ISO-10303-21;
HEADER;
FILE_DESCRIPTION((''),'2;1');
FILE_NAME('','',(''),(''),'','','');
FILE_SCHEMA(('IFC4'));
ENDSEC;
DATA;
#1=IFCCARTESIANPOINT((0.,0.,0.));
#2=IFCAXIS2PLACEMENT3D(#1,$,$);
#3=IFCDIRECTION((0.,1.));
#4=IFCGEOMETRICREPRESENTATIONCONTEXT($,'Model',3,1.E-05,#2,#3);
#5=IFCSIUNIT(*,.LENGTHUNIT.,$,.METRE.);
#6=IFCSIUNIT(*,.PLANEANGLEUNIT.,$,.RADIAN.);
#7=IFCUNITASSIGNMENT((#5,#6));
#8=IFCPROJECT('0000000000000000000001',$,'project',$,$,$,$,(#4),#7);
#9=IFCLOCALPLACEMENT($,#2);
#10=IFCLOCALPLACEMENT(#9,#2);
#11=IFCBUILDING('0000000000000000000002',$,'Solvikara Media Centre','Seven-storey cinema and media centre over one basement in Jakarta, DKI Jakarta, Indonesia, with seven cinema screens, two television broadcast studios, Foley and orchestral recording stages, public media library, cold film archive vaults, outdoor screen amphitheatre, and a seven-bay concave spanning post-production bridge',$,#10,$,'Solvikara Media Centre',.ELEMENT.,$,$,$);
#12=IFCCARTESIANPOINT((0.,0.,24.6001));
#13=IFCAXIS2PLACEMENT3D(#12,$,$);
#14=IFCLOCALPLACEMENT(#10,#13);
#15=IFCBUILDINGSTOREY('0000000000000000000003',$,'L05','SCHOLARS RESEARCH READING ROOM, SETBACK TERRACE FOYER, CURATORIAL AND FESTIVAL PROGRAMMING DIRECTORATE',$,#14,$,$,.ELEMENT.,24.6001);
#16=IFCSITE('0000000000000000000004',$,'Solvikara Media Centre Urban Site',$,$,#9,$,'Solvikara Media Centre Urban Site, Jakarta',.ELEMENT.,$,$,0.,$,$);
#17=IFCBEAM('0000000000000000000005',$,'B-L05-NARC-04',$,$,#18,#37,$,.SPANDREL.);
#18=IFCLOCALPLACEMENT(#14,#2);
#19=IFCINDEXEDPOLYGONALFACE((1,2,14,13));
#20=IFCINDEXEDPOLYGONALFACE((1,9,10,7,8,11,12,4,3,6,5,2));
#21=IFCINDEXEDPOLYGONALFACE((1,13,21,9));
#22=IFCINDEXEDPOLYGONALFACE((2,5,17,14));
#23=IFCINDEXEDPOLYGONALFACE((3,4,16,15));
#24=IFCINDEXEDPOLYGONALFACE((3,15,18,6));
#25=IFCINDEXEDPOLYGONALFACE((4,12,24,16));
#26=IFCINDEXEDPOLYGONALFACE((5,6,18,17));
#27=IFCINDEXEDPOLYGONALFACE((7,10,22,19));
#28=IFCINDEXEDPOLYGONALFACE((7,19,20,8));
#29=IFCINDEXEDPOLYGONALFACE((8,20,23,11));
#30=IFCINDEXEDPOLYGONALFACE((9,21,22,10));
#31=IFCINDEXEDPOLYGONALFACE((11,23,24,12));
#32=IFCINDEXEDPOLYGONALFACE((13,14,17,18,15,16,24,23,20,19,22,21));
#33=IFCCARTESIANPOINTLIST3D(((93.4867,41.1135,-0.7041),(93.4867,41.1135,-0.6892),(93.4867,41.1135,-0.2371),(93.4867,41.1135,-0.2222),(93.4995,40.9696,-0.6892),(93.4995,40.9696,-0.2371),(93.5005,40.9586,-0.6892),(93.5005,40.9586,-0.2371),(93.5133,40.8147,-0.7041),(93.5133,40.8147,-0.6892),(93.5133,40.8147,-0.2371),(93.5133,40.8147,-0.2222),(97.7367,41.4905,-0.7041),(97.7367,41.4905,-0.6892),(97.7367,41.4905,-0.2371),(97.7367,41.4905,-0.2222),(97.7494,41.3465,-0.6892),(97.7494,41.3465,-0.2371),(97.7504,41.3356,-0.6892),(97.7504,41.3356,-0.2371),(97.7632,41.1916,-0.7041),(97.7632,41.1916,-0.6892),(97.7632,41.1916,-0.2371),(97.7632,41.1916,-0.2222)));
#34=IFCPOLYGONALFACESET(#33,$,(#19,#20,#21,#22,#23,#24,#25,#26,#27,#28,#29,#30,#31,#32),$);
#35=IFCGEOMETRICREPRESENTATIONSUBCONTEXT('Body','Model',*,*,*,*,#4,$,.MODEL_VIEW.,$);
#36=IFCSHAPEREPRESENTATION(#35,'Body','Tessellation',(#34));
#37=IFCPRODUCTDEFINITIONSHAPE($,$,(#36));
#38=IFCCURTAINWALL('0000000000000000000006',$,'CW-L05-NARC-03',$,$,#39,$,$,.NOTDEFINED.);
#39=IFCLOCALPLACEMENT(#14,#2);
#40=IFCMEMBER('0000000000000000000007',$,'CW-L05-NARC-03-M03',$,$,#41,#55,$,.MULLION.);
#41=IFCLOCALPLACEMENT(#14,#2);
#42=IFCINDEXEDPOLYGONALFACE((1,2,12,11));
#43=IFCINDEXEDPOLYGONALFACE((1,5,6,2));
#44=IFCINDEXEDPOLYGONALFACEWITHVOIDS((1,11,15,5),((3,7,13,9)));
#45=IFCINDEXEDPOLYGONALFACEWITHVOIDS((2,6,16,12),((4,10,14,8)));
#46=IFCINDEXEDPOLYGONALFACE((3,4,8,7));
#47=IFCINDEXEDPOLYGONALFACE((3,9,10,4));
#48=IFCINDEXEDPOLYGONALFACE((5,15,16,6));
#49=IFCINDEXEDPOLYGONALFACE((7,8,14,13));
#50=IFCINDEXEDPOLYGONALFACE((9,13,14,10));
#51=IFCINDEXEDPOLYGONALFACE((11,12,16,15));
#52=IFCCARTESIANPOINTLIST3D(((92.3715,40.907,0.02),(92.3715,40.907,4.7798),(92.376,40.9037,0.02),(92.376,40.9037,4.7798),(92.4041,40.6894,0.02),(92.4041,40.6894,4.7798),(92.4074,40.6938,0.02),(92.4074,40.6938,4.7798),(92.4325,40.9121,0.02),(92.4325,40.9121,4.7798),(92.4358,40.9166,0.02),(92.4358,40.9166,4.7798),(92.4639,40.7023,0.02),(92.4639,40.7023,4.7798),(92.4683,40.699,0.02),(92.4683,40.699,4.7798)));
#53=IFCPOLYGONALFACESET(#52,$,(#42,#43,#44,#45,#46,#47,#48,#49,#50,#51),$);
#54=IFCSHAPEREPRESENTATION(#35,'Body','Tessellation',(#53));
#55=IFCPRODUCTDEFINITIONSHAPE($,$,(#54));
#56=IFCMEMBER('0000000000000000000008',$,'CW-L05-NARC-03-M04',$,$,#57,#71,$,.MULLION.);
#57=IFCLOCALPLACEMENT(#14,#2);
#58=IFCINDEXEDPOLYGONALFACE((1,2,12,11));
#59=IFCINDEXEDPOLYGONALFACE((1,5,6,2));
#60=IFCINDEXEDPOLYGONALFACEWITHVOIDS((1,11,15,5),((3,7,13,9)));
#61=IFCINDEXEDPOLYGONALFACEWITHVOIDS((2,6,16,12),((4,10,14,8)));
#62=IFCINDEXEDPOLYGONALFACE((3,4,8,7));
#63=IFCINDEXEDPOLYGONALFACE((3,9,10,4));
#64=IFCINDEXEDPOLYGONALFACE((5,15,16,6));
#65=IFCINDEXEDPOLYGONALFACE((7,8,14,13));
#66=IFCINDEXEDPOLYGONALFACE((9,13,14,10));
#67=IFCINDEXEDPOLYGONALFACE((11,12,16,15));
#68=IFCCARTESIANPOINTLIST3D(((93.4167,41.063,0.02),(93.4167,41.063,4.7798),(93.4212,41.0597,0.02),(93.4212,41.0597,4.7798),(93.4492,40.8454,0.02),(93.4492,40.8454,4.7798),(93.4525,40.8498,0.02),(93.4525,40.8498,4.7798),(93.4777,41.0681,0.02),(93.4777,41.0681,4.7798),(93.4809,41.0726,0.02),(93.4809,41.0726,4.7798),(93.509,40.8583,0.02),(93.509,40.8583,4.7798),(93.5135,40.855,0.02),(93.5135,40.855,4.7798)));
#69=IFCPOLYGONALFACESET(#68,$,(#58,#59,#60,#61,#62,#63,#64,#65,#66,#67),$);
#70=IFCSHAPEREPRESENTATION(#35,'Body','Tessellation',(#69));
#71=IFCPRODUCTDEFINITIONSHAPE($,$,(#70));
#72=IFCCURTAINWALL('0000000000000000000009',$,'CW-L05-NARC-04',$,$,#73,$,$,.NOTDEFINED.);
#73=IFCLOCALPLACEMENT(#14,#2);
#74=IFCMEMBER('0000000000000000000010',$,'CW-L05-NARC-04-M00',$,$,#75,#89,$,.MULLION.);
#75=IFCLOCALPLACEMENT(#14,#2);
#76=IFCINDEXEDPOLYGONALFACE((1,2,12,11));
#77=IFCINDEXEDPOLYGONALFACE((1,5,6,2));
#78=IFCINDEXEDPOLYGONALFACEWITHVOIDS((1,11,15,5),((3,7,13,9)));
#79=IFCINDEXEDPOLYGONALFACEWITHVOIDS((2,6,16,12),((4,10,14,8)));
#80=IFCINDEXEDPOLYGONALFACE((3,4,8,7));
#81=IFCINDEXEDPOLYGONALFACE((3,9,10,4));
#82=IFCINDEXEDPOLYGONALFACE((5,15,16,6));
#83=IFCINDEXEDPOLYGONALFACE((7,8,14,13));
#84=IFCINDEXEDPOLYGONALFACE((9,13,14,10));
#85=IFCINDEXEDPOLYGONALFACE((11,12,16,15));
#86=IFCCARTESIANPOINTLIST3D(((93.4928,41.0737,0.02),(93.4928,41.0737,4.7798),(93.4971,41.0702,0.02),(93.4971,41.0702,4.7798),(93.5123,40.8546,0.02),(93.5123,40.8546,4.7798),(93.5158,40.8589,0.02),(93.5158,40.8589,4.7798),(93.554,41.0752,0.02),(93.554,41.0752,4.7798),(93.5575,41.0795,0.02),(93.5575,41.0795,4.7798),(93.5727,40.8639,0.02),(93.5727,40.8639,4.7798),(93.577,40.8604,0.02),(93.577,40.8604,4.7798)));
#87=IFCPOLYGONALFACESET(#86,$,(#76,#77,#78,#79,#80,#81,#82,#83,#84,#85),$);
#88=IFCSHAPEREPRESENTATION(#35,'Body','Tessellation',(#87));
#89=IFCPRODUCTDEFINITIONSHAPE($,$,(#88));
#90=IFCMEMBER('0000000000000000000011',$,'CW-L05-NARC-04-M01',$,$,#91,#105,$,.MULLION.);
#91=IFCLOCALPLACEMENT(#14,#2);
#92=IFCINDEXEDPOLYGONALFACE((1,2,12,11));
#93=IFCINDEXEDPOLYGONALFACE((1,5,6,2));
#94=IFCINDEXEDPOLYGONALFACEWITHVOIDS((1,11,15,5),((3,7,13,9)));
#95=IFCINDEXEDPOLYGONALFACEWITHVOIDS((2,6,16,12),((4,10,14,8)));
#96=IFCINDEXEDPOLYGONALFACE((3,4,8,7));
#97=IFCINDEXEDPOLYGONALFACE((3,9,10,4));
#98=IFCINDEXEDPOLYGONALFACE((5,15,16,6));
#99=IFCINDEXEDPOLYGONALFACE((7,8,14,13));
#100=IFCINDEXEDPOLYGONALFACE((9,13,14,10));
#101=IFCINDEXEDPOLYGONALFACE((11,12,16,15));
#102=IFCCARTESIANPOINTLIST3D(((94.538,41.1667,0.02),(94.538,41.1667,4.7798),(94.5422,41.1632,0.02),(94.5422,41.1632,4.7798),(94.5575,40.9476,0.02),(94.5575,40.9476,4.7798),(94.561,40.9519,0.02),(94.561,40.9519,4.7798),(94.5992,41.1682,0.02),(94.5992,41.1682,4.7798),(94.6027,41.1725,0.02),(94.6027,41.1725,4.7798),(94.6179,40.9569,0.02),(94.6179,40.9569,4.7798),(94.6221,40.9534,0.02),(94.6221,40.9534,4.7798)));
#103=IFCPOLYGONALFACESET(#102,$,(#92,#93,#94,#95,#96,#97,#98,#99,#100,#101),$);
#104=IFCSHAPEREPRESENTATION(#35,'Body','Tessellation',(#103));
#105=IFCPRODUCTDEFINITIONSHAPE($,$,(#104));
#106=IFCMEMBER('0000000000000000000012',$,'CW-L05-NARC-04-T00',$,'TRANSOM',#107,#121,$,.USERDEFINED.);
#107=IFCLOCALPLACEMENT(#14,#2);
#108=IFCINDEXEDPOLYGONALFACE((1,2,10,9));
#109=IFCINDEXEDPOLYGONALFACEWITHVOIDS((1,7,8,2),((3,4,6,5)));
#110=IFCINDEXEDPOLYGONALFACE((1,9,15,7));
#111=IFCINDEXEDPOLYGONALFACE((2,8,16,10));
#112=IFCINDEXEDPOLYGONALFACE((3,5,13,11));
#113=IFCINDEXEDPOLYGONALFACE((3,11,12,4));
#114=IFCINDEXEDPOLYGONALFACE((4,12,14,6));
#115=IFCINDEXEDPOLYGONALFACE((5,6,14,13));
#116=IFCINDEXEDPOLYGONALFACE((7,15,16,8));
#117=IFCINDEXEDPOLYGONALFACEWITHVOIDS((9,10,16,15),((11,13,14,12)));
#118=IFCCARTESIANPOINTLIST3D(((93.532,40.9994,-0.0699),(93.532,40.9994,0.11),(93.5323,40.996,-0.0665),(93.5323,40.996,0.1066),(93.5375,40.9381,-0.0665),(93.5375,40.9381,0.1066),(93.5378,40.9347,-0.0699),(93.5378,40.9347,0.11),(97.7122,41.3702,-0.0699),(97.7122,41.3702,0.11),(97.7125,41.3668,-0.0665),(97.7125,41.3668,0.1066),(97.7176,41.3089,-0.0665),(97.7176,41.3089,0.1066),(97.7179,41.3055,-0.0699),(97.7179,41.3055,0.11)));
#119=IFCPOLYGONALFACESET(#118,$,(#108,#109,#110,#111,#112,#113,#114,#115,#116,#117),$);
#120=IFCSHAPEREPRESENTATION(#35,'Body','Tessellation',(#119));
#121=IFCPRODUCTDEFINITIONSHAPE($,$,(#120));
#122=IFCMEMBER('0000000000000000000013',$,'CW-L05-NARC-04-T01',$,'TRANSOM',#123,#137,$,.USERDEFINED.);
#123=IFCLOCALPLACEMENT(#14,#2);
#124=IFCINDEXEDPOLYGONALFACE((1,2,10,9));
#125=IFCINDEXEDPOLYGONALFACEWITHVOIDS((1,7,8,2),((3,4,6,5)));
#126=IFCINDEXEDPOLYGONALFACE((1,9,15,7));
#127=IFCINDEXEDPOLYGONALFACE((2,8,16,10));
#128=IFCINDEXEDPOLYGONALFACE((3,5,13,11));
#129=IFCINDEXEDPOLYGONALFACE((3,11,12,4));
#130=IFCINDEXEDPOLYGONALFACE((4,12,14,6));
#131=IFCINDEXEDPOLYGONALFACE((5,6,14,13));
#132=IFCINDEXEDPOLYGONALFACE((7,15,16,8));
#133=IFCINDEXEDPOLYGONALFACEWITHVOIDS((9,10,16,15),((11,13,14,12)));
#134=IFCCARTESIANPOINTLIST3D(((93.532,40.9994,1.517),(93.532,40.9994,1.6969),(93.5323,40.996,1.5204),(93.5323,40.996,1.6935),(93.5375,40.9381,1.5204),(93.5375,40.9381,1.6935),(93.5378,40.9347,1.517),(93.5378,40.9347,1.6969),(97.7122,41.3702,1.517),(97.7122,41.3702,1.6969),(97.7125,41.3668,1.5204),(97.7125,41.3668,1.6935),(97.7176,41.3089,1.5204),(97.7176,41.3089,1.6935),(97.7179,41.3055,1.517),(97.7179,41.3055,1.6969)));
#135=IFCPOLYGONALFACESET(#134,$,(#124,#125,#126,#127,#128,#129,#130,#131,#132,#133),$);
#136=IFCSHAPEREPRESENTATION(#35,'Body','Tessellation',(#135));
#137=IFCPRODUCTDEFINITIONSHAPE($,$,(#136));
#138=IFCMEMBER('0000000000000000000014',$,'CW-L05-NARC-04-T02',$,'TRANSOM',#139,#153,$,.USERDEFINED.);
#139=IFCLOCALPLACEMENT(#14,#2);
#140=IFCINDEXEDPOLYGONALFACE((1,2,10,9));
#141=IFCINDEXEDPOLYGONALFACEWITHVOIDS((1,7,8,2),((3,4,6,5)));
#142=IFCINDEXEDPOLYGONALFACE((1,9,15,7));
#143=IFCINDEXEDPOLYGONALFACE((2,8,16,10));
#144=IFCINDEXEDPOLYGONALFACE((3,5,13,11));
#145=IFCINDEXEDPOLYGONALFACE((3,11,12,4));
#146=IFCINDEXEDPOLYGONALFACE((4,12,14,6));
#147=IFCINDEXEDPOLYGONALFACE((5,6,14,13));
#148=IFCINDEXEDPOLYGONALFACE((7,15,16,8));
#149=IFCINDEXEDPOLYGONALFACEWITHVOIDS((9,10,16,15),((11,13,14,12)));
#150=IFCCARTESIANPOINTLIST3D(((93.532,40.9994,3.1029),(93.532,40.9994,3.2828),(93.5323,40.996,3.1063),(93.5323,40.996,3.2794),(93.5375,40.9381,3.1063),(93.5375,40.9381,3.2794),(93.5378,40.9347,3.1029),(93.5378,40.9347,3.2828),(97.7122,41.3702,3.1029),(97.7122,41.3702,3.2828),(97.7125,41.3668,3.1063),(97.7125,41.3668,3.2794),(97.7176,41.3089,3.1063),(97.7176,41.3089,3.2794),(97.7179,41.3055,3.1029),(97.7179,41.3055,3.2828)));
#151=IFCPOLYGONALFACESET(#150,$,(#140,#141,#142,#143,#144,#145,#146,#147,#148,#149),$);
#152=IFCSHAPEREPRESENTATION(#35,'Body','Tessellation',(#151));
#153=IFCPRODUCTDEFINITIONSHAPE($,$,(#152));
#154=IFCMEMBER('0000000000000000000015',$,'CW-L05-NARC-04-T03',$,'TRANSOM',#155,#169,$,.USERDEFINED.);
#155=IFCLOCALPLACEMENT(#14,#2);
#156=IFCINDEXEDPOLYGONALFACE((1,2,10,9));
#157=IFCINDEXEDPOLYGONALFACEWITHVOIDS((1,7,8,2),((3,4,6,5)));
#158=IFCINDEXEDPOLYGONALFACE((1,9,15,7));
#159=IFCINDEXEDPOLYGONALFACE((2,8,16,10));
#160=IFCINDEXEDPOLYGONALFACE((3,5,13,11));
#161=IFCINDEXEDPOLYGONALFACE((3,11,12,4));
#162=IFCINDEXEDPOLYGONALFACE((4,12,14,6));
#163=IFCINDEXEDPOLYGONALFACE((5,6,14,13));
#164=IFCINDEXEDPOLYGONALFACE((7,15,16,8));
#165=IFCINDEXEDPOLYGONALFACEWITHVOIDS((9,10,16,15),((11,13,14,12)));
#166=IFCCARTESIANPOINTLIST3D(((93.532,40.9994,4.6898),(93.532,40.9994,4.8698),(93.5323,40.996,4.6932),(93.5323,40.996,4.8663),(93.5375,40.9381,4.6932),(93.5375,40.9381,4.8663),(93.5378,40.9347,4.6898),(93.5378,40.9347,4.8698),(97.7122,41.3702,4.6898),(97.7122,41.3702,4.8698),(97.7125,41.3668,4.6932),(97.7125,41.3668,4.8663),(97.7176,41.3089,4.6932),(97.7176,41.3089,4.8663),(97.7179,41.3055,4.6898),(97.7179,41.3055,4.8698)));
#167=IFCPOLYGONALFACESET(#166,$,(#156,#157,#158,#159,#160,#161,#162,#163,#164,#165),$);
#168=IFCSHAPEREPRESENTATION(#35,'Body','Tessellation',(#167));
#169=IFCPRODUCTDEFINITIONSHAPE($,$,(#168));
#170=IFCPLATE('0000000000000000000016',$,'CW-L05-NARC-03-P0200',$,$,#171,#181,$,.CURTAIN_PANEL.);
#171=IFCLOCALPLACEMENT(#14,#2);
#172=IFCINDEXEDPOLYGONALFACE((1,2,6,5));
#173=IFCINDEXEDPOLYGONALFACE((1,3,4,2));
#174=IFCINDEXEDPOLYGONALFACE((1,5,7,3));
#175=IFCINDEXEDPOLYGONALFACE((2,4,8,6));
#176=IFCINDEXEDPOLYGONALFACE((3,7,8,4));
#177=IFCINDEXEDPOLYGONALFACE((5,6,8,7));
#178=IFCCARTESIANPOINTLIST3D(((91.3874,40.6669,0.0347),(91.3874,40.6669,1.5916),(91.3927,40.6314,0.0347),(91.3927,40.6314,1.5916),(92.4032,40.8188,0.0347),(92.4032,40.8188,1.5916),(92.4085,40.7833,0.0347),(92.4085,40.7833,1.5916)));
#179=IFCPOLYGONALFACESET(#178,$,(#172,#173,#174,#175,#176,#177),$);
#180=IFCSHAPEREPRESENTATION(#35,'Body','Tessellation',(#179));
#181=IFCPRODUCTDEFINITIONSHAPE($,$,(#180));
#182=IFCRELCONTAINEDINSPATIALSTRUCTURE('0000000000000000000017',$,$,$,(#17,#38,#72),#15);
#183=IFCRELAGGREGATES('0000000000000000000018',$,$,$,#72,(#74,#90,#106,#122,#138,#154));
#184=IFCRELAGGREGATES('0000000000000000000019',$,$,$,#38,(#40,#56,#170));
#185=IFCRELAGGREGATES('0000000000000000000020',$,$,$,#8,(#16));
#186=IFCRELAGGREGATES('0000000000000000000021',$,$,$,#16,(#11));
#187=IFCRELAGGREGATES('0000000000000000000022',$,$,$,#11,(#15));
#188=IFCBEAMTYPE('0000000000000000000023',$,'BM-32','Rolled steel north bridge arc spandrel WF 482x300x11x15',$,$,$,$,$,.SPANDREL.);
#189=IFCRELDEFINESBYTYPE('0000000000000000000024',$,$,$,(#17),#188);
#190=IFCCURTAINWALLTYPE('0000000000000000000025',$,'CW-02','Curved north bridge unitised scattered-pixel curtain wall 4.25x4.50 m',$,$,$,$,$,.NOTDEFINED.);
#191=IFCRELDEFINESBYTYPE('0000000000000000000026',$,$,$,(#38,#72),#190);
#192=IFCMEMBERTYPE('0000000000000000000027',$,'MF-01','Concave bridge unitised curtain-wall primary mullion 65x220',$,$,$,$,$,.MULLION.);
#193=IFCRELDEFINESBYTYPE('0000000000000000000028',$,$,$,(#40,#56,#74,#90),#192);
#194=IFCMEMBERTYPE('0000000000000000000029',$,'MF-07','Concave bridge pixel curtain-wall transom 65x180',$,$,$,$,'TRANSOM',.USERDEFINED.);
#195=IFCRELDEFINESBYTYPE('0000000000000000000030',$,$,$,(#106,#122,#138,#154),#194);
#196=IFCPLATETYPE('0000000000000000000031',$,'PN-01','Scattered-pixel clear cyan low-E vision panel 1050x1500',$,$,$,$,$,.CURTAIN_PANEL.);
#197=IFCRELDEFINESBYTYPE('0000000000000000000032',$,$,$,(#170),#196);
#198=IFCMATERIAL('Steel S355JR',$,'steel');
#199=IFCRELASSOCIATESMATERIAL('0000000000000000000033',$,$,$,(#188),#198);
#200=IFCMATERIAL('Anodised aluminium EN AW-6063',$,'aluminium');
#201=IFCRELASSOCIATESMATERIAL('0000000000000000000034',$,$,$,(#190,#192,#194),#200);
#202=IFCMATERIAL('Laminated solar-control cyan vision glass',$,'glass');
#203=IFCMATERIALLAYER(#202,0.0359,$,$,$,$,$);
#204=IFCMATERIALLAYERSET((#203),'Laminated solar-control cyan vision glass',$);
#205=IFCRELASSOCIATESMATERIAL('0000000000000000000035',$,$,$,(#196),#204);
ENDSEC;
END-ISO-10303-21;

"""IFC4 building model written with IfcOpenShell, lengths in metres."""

from ifc_helpers import new_model, si_unit, direction, frame, origin, origin_2d, place, context, subcontext, project, spatial, rectangle, hollow_rectangle, i_section, extrude, material, layer, layer_set, material_profile, profile_set, type_object, element, aggregate, save


model = new_model("IFC4")

# Units and contexts
model_context = context("Model", 3, precision=1e-05, world=origin(), true_north=direction((0.0, 1.0)))
body_context = subcontext(model_context, "Body", "Model", "MODEL_VIEW")
ifc_project = project(units=[si_unit("LENGTHUNIT", "METRE"), si_unit("PLANEANGLEUNIT", "RADIAN")], contexts=[model_context])

# Site, building, storey
site_placement = place(None, origin())
site = spatial("IfcSite", under=ifc_project, at=site_placement, Name="Solvikara Media Centre Urban Site", LongName="Solvikara Media Centre Urban Site, Jakarta", CompositionType="ELEMENT", RefElevation=0.0)
building_placement = place(site_placement, origin())
building = spatial("IfcBuilding", under=site, at=building_placement, Name="Solvikara Media Centre", Description="Seven-storey cinema and media centre over one basement in Jakarta, DKI Jakarta, Indonesia, with seven cinema screens, two television broadcast studios, Foley and orchestral recording stages, public media library, cold film archive vaults, outdoor screen amphitheatre, and a seven-bay concave spanning post-production bridge", LongName="Solvikara Media Centre", CompositionType="ELEMENT")
storey_placement = place(building_placement, frame((0.0, 0.0, 24.6001)))
storey = spatial("IfcBuildingStorey", under=building, at=storey_placement, Name="L05", Description="SCHOLARS RESEARCH READING ROOM, SETBACK TERRACE FOYER, CURATORIAL AND FESTIVAL PROGRAMMING DIRECTORATE", CompositionType="ELEMENT", Elevation=24.6001)

# Beam
ifc_material_1 = material(Name="Steel S355JR", Category="steel")
ifc_material_profile_1 = material_profile(ifc_material_1, i_section(OverallWidth=0.3, OverallDepth=0.4819, WebThickness=0.011, FlangeThickness=0.0149, at=origin_2d()), Name="WF 482x300x11x15")
ifc_profile_set_1 = profile_set([ifc_material_profile_1], Name="Steel S355JR")
beam_type = type_object("IfcBeamType", Name="BM-32", Description="Rolled steel north bridge arc spandrel WF 482x300x11x15", PredefinedType="SPANDREL", material=ifc_profile_set_1)
beam_placement = place(storey_placement, frame((93.5, 40.9641, -0.4631), z_axis=(0.99609, 0.088348, 0.0), x_axis=(-0.088348, 0.99609, 0.0)))
element("IfcBeam", 1, at=beam_placement, inside=storey, type_object=beam_type, Name="B-L05-NARC-04", PredefinedType="SPANDREL", context=body_context, shape_type="SweptSolid", body=[
    extrude(i_section(OverallWidth=0.3, OverallDepth=0.4819, WebThickness=0.011, FlangeThickness=0.0149, at=origin_2d()), origin(), (0.0, 0.0, 1.0), 4.2666),
])

# Curtain walls, members
ifc_material_2 = material(Name="Anodised aluminium EN AW-6063", Category="aluminium")
curtain_wall_type = type_object("IfcCurtainWallType", Name="CW-02", Description="Curved north bridge unitised scattered-pixel curtain wall 4.25x4.50 m", PredefinedType="NOTDEFINED", material=ifc_material_2)
curtain_wall_1_placement = place(storey_placement, origin())
curtain_wall_1 = element("IfcCurtainWall", 2, at=curtain_wall_1_placement, inside=storey, type_object=curtain_wall_type, Name="CW-L05-NARC-03", PredefinedType="NOTDEFINED")
ifc_material_profile_2 = material_profile(ifc_material_2, hollow_rectangle(XDim=0.0649, YDim=0.22, WallThickness=0.0039, at=origin_2d()), Name="ALU-M 65x220x4")
ifc_profile_set_2 = profile_set([ifc_material_profile_2], Name="Anodised aluminium EN AW-6063")
member_type_1 = type_object("IfcMemberType", Name="MF-01", Description="Concave bridge unitised curtain-wall primary mullion 65x220", PredefinedType="MULLION", material=ifc_profile_set_2)
member_1_placement = place(storey_placement, frame((92.4199, 40.803, 0.02), z_axis=(0.0, 0.0, 1.0), x_axis=(0.989006, 0.147878, 0.0)))
member_1 = element("IfcMember", 3, at=member_1_placement, type_object=member_type_1, Name="CW-L05-NARC-03-M03", PredefinedType="MULLION", context=body_context, shape_type="SweptSolid", body=[
    extrude(hollow_rectangle(XDim=0.0649, YDim=0.22, WallThickness=0.0039, at=origin_2d()), origin(), (0.0, 0.0, 1.0), 4.7598),
])
member_2_placement = place(storey_placement, frame((93.4651, 40.959, 0.02), z_axis=(0.0, 0.0, 1.0), x_axis=(0.989006, 0.147878, 0.0)))
member_2 = element("IfcMember", 4, at=member_2_placement, type_object=member_type_1, Name="CW-L05-NARC-03-M04", PredefinedType="MULLION", context=body_context, shape_type="SweptSolid", body=[
    extrude(hollow_rectangle(XDim=0.0649, YDim=0.22, WallThickness=0.0039, at=origin_2d()), origin(), (0.0, 0.0, 1.0), 4.7598),
])
curtain_wall_2_placement = place(storey_placement, origin())
curtain_wall_2 = element("IfcCurtainWall", 5, at=curtain_wall_2_placement, inside=storey, type_object=curtain_wall_type, Name="CW-L05-NARC-04", PredefinedType="NOTDEFINED")
member_3_placement = place(storey_placement, frame((93.5349, 40.967, 0.02), z_axis=(0.0, 0.0, 1.0), x_axis=(0.996084, 0.088408, 0.0)))
member_3 = element("IfcMember", 6, at=member_3_placement, type_object=member_type_1, Name="CW-L05-NARC-04-M00", PredefinedType="MULLION", context=body_context, shape_type="SweptSolid", body=[
    extrude(hollow_rectangle(XDim=0.0649, YDim=0.22, WallThickness=0.0039, at=origin_2d()), origin(), (0.0, 0.0, 1.0), 4.7598),
])
member_4_placement = place(storey_placement, frame((94.5801, 41.0601, 0.02), z_axis=(0.0, 0.0, 1.0), x_axis=(0.996084, 0.088408, 0.0)))
member_4 = element("IfcMember", 7, at=member_4_placement, type_object=member_type_1, Name="CW-L05-NARC-04-M01", PredefinedType="MULLION", context=body_context, shape_type="SweptSolid", body=[
    extrude(hollow_rectangle(XDim=0.0649, YDim=0.22, WallThickness=0.0039, at=origin_2d()), origin(), (0.0, 0.0, 1.0), 4.7598),
])
ifc_material_profile_3 = material_profile(ifc_material_2, hollow_rectangle(XDim=0.0649, YDim=0.1799, WallThickness=0.0034, at=origin_2d()), Name="ALU-T 65x180x3.5")
ifc_profile_set_3 = profile_set([ifc_material_profile_3], Name="Anodised aluminium EN AW-6063")
member_type_2 = type_object("IfcMemberType", Name="MF-07", Description="Concave bridge pixel curtain-wall transom 65x180", ElementType="TRANSOM", PredefinedType="USERDEFINED", material=ifc_profile_set_3)
member_5_placement = place(storey_placement, frame((93.5349, 40.967, 0.02), z_axis=(0.996088, 0.088369, 0.0), x_axis=(-0.088369, 0.996088, 0.0)))
member_5 = element("IfcMember", 8, at=member_5_placement, type_object=member_type_2, Name="CW-L05-NARC-04-T00", ObjectType="TRANSOM", PredefinedType="USERDEFINED", context=body_context, shape_type="SweptSolid", body=[
    extrude(hollow_rectangle(XDim=0.0649, YDim=0.1799, WallThickness=0.0034, at=origin_2d()), origin(), (0.0, 0.0, 1.0), 4.1965),
])
member_6_placement = place(storey_placement, frame((93.5349, 40.967, 1.6069), z_axis=(0.996088, 0.088369, 0.0), x_axis=(-0.088369, 0.996088, 0.0)))
member_6 = element("IfcMember", 9, at=member_6_placement, type_object=member_type_2, Name="CW-L05-NARC-04-T01", ObjectType="TRANSOM", PredefinedType="USERDEFINED", context=body_context, shape_type="SweptSolid", body=[
    extrude(hollow_rectangle(XDim=0.0649, YDim=0.1799, WallThickness=0.0034, at=origin_2d()), origin(), (0.0, 0.0, 1.0), 4.1965),
])
member_7_placement = place(storey_placement, frame((93.5349, 40.967, 3.1929), z_axis=(0.996088, 0.088369, 0.0), x_axis=(-0.088369, 0.996088, 0.0)))
member_7 = element("IfcMember", 10, at=member_7_placement, type_object=member_type_2, Name="CW-L05-NARC-04-T02", ObjectType="TRANSOM", PredefinedType="USERDEFINED", context=body_context, shape_type="SweptSolid", body=[
    extrude(hollow_rectangle(XDim=0.0649, YDim=0.1799, WallThickness=0.0034, at=origin_2d()), origin(), (0.0, 0.0, 1.0), 4.1965),
])
member_8_placement = place(storey_placement, frame((93.5349, 40.967, 4.7798), z_axis=(0.996088, 0.088369, 0.0), x_axis=(-0.088369, 0.996088, 0.0)))
member_8 = element("IfcMember", 11, at=member_8_placement, type_object=member_type_2, Name="CW-L05-NARC-04-T03", ObjectType="TRANSOM", PredefinedType="USERDEFINED", context=body_context, shape_type="SweptSolid", body=[
    extrude(hollow_rectangle(XDim=0.0649, YDim=0.1799, WallThickness=0.0034, at=origin_2d()), origin(), (0.0, 0.0, 1.0), 4.1965),
])

# Plate
ifc_material_3 = material(Name="Laminated solar-control cyan vision glass", Category="glass")
ifc_layer_1 = layer(ifc_material_3, 0.0359)
ifc_layer_set_1 = layer_set([ifc_layer_1], Name="Laminated solar-control cyan vision glass")
plate_type_1 = type_object("IfcPlateType", Name="PN-01", Description="Scattered-pixel clear cyan low-E vision panel 1050x1500", PredefinedType="CURTAIN_PANEL", material=ifc_layer_set_1)
plate_1_placement = place(storey_placement, frame((91.8979, 40.7251, 0.0347), z_axis=(0.0, 0.0, 1.0), x_axis=(0.989006, 0.147878, 0.0)))
plate_1 = element("IfcPlate", 12, at=plate_1_placement, type_object=plate_type_1, Name="CW-L05-NARC-03-P0200", PredefinedType="CURTAIN_PANEL", context=body_context, shape_type="SweptSolid", body=[
    extrude(rectangle(XDim=1.0271, YDim=0.0359, at=origin_2d()), origin(), (0.0, 0.0, 1.0), 1.5569),
])
aggregate(curtain_wall_2, [member_3, member_4, member_5, member_6, member_7, member_8])
aggregate(curtain_wall_1, [member_1, member_2, plate_1])

save(model, "model.ifc")
